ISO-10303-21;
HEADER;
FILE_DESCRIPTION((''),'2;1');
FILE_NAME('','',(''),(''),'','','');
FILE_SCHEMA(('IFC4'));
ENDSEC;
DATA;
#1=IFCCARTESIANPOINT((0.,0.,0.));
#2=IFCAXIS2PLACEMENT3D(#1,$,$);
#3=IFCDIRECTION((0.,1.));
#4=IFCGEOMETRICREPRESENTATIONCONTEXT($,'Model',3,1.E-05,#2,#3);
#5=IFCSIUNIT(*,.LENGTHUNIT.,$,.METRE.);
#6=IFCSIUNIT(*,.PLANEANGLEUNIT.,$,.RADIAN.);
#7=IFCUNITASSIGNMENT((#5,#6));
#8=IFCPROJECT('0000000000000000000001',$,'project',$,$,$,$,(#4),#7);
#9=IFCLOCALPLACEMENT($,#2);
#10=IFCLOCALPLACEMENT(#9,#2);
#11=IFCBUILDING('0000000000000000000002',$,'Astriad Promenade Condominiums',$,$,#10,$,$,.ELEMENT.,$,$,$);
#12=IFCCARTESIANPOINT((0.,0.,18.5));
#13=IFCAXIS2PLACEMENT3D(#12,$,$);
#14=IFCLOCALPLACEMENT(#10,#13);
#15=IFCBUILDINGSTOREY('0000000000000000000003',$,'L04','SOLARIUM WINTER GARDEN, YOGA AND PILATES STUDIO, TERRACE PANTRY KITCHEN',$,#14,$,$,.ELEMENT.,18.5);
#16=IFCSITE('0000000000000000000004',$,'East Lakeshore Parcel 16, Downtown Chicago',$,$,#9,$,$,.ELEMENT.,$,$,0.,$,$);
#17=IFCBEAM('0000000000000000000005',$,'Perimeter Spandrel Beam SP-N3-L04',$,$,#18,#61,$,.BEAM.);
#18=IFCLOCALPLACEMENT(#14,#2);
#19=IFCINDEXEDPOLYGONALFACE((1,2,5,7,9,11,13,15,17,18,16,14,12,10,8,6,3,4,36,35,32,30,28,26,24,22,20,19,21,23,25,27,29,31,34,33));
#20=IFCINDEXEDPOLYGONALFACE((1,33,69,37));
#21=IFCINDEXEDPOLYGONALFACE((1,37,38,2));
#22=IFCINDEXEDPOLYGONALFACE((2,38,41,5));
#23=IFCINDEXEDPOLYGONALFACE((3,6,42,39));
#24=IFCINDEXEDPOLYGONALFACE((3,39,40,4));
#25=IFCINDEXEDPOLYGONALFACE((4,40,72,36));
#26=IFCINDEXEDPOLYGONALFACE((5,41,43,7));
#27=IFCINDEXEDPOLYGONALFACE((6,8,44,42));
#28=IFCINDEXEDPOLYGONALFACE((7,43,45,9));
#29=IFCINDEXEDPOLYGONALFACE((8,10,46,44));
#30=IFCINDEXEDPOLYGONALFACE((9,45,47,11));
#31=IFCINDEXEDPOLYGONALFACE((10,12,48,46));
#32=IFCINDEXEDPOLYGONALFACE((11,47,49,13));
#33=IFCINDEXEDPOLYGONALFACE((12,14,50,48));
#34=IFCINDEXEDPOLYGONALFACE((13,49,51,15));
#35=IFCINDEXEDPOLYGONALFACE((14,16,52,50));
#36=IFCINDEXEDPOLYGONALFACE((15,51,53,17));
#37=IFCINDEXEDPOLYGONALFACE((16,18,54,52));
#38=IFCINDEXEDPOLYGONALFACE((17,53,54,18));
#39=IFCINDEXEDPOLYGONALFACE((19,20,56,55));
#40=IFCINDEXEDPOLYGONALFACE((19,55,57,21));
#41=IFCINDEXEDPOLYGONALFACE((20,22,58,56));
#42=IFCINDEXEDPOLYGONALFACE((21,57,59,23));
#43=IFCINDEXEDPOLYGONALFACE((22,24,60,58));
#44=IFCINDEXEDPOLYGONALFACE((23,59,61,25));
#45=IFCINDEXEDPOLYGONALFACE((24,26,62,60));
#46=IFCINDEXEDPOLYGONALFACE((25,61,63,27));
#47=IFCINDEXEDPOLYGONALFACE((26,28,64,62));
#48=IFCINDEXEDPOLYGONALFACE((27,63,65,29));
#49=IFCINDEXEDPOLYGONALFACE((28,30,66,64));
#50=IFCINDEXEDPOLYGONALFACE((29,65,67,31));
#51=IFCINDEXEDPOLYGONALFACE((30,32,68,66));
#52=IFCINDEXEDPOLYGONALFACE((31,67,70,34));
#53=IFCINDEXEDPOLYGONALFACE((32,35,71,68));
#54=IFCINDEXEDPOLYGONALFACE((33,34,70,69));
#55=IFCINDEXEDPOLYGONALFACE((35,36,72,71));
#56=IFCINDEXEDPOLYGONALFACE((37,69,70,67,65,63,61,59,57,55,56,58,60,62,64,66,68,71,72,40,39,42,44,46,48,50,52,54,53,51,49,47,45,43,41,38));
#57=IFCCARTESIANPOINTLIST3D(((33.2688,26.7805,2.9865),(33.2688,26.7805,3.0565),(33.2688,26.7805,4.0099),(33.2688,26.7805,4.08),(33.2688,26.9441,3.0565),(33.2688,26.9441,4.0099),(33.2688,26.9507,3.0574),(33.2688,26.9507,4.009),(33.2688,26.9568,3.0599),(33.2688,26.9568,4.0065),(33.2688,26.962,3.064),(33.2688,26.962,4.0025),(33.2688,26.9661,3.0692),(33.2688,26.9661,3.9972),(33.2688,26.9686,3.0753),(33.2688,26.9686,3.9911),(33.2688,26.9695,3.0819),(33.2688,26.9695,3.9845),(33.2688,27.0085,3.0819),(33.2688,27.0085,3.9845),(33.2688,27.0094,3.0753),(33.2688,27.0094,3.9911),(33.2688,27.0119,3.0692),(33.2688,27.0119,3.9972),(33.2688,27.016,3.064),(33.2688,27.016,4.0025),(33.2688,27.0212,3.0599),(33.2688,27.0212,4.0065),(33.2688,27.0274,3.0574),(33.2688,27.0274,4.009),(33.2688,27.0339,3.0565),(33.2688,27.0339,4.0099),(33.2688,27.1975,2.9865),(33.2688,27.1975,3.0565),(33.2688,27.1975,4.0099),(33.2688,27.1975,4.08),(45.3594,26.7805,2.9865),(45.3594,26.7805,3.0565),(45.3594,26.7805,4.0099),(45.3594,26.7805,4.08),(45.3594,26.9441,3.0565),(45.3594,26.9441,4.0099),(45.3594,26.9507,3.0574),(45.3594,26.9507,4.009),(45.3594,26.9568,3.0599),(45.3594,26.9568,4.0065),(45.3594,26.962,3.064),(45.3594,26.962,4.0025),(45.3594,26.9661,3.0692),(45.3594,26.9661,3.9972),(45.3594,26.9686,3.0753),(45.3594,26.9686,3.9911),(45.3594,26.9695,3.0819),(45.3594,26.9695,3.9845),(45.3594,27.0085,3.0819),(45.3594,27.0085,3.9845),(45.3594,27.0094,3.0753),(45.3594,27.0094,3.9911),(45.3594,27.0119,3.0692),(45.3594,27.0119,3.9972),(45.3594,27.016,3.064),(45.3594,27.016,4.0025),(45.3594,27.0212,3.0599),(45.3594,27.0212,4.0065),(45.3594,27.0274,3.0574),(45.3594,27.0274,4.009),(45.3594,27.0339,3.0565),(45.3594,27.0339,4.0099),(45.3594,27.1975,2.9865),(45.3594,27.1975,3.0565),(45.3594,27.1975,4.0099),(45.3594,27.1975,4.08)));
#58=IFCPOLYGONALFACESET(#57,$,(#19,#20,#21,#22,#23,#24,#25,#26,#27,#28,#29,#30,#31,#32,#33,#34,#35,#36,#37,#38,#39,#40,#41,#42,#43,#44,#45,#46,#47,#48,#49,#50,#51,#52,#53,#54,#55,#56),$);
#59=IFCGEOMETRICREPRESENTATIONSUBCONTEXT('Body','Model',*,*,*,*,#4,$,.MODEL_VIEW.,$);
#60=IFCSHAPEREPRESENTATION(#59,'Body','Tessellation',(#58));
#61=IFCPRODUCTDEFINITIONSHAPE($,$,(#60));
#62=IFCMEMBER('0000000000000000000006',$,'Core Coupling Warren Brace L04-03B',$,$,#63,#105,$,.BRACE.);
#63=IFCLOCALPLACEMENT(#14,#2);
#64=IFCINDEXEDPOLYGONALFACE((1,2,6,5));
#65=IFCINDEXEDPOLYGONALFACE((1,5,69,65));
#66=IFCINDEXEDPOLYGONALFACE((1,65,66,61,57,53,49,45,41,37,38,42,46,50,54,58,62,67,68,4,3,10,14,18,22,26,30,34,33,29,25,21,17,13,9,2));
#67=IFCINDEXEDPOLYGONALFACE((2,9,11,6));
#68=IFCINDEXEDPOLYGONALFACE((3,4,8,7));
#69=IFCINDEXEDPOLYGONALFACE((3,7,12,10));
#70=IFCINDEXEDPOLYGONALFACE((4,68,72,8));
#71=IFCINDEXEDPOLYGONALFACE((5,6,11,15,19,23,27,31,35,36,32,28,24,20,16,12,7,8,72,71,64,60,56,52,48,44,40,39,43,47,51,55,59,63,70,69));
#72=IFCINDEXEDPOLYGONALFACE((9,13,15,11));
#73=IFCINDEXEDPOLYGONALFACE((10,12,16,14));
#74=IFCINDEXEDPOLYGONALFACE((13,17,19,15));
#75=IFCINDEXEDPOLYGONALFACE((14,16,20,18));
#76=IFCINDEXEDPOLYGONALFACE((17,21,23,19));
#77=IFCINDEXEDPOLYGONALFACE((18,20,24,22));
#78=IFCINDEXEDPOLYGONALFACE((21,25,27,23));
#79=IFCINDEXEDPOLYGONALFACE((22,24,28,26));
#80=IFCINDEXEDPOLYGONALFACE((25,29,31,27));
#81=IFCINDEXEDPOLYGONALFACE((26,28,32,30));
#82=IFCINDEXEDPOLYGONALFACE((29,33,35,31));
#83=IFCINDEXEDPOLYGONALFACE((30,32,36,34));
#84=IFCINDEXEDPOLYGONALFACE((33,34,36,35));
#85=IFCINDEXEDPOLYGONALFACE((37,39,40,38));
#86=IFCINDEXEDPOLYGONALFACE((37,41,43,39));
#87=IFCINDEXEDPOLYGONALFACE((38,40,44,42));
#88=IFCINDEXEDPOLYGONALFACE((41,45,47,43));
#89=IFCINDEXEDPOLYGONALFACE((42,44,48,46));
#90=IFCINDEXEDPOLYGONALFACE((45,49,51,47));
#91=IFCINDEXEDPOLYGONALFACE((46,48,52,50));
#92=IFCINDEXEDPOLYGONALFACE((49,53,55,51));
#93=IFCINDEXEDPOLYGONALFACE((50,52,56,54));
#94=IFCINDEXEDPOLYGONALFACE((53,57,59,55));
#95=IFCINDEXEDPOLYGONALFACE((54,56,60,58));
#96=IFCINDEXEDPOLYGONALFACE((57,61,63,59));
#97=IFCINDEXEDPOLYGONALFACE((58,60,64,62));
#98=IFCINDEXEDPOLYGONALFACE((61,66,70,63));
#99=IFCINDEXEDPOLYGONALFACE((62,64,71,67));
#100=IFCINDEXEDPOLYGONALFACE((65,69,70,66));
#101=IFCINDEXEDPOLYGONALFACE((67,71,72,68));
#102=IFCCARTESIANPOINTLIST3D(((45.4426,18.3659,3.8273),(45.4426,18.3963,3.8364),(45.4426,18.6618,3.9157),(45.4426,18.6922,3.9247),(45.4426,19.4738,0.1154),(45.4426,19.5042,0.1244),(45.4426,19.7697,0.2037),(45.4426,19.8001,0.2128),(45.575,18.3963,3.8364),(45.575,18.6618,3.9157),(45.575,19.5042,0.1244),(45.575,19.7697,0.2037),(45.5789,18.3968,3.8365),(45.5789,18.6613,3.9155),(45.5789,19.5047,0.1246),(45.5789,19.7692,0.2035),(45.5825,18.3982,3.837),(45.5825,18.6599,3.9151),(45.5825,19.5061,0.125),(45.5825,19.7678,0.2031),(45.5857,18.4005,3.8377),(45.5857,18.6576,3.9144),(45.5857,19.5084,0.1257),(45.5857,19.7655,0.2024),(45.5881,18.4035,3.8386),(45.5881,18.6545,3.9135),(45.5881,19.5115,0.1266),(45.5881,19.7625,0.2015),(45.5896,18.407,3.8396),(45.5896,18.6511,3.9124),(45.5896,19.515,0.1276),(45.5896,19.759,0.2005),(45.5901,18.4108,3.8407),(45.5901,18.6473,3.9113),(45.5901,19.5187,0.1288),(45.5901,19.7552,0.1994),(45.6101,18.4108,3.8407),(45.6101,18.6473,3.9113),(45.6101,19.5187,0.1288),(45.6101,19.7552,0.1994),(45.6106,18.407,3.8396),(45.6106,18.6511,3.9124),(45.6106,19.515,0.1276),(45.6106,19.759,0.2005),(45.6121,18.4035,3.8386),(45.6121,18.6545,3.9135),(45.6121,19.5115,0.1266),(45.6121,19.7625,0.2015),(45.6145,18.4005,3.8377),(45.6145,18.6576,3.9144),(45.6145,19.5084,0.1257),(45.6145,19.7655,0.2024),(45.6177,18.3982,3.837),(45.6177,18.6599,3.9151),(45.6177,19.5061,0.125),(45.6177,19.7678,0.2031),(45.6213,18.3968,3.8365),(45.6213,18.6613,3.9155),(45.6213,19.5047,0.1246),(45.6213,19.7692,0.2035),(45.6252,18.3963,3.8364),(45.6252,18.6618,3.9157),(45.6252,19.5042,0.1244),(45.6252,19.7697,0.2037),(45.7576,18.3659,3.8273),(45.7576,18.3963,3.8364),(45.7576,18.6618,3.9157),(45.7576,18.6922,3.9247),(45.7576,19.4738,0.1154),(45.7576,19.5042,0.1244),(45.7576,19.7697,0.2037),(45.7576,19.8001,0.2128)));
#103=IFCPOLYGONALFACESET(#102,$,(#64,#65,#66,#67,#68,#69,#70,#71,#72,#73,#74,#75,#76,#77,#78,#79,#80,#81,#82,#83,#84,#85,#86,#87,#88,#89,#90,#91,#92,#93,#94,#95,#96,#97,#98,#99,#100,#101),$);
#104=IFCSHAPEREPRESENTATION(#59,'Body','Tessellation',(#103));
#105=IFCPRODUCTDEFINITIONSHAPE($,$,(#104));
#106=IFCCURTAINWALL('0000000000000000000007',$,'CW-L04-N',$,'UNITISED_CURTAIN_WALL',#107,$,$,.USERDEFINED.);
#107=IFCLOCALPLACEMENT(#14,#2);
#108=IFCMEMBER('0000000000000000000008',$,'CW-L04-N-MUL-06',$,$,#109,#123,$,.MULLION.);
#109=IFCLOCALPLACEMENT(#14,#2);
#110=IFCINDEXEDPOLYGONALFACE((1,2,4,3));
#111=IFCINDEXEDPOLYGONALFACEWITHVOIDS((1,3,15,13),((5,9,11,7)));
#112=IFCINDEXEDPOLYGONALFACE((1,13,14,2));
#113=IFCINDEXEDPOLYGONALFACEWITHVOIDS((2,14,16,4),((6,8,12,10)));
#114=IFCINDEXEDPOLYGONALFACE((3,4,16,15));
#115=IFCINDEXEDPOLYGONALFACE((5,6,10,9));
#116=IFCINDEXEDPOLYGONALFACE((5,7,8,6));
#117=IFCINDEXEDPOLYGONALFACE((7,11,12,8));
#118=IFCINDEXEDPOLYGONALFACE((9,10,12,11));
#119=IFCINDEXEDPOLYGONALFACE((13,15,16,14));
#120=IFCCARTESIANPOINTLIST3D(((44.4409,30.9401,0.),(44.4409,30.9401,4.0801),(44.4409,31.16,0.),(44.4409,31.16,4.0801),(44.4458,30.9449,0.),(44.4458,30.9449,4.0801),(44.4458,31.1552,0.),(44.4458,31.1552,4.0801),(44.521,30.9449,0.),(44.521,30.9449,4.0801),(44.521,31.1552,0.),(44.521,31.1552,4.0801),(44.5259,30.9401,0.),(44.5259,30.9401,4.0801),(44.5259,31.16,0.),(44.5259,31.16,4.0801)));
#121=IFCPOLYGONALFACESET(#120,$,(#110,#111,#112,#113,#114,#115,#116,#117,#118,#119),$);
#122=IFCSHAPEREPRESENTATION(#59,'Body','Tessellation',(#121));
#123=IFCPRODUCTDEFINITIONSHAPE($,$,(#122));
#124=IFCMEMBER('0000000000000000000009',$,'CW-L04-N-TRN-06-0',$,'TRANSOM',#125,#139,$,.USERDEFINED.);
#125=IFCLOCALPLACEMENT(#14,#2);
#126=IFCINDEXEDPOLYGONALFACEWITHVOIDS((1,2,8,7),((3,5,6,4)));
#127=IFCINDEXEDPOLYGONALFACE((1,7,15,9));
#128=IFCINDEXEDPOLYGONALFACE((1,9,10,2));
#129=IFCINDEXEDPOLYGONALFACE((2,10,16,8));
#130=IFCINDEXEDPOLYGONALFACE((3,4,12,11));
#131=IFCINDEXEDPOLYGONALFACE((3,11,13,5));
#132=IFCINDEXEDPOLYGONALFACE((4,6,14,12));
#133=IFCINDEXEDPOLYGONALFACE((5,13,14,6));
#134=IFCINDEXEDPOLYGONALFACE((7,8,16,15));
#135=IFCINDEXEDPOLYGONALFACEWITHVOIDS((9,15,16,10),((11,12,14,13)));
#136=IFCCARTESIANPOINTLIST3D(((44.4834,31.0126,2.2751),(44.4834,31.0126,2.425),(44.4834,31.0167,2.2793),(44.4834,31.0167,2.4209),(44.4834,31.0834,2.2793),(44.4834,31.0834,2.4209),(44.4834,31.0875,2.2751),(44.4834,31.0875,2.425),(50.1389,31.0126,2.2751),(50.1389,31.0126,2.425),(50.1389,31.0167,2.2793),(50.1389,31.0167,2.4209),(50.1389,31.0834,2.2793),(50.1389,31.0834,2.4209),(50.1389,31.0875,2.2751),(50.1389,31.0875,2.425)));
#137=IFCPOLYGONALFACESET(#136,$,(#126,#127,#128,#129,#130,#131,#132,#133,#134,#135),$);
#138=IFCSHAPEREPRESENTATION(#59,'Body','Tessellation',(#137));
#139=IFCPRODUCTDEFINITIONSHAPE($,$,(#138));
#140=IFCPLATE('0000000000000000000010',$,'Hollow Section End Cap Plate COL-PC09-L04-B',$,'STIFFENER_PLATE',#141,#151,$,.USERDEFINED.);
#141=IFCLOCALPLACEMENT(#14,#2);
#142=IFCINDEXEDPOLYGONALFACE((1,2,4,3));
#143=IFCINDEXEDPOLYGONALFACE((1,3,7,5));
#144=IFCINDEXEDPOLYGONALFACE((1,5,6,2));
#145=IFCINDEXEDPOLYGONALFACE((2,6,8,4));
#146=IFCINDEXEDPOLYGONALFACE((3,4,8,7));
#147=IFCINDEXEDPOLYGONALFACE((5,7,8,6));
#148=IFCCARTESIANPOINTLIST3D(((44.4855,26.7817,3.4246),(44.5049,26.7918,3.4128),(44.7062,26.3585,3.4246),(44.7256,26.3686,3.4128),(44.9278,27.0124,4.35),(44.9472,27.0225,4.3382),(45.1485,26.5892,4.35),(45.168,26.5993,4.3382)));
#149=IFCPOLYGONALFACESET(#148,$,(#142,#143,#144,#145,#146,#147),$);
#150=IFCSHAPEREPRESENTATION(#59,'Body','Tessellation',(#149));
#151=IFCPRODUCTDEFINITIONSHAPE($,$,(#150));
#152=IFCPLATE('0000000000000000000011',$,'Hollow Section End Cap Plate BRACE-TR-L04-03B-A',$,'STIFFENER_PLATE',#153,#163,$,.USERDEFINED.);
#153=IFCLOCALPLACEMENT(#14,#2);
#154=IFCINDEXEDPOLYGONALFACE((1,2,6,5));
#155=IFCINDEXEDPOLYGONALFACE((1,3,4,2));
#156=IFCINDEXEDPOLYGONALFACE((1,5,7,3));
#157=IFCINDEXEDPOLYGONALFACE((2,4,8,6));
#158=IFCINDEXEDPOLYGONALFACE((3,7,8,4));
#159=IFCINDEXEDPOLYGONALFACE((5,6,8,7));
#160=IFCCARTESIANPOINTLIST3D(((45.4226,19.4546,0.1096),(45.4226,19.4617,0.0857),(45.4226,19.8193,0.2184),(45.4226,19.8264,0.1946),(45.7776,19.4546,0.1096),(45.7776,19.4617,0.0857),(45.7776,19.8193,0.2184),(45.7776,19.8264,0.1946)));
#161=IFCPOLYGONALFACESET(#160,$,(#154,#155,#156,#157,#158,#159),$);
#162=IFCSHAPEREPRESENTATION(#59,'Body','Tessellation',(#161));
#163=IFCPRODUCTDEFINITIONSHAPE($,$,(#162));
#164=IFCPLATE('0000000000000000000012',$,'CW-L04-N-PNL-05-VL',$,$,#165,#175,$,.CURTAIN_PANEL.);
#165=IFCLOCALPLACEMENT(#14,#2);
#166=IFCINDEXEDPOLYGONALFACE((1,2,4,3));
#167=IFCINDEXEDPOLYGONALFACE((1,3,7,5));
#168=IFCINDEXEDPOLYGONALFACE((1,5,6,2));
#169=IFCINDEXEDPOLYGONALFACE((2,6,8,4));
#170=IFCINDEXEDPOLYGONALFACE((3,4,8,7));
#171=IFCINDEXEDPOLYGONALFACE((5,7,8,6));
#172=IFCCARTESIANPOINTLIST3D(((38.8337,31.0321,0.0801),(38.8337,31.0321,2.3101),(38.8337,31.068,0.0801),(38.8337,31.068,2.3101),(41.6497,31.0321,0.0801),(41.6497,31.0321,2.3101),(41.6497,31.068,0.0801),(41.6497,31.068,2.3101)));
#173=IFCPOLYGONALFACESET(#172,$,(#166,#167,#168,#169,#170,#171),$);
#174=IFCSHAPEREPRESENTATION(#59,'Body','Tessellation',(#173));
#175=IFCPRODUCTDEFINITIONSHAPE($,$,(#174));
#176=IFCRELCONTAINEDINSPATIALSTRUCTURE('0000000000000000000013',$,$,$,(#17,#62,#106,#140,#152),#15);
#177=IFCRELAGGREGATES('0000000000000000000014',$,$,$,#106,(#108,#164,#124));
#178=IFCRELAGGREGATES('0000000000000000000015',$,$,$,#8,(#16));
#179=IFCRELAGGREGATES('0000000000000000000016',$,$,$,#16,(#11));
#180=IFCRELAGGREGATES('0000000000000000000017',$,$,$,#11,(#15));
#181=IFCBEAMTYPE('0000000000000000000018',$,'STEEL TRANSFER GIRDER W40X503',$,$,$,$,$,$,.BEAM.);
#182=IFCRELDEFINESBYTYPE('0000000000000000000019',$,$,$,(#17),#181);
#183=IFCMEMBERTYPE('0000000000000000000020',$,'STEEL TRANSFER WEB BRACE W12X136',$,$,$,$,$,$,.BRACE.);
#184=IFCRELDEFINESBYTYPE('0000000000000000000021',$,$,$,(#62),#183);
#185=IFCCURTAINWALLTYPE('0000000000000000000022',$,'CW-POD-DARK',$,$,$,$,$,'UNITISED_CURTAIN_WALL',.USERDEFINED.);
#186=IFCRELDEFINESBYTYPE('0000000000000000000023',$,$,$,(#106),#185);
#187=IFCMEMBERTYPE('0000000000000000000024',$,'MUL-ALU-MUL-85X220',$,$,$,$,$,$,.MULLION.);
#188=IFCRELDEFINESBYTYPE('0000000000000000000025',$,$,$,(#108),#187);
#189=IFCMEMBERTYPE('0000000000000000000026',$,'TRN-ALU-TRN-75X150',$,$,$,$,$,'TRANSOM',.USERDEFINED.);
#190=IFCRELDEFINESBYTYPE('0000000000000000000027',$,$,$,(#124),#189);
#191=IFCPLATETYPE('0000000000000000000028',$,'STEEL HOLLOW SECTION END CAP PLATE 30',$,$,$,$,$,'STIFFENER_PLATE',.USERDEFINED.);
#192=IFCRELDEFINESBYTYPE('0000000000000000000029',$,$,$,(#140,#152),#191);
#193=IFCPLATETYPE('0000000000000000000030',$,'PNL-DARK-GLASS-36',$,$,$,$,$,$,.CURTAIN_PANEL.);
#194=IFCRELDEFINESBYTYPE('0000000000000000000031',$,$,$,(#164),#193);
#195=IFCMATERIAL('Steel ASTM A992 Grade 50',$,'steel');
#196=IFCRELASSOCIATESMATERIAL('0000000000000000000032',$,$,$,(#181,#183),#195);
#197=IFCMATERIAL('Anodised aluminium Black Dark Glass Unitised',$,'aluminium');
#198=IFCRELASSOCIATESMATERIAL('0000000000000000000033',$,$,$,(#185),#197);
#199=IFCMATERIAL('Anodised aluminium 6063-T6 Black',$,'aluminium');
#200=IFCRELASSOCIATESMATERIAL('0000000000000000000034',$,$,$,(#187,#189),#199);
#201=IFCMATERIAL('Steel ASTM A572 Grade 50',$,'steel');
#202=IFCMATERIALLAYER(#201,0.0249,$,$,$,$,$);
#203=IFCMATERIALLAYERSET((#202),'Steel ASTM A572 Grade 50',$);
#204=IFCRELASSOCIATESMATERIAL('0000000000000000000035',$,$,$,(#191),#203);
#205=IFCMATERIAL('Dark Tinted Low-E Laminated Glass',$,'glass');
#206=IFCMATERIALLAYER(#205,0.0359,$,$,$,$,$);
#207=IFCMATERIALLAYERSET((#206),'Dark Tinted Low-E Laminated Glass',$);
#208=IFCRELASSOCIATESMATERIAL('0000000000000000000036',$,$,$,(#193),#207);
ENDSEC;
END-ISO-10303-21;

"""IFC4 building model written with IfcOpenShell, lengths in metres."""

from ifc_helpers import new_model, si_unit, direction, frame, origin, origin_2d, place, context, subcontext, project, spatial, rectangle, hollow_rectangle, i_section, extrude, source, transform, mapped, material, layer, layer_set, material_profile, profile_set, type_object, type_shapes, element, aggregate, save


model = new_model("IFC4")

# Units and contexts
model_context = context("Model", 3, precision=1e-05, world=origin(), true_north=direction((0.0, 1.0)))
body_context = subcontext(model_context, "Body", "Model", "MODEL_VIEW")
ifc_project = project(units=[si_unit("LENGTHUNIT", "METRE"), si_unit("PLANEANGLEUNIT", "RADIAN")], contexts=[model_context])

# Site, building, storey
site_placement = place(None, origin())
site = spatial("IfcSite", under=ifc_project, at=site_placement, Name="East Lakeshore Parcel 16, Downtown Chicago", CompositionType="ELEMENT", RefElevation=0.0)
building_placement = place(site_placement, origin())
building = spatial("IfcBuilding", under=site, at=building_placement, Name="Astriad Promenade Condominiums", CompositionType="ELEMENT")
storey_placement = place(building_placement, frame((0.0, 0.0, 18.5)))
storey = spatial("IfcBuildingStorey", under=building, at=storey_placement, Name="L04", Description="SOLARIUM WINTER GARDEN, YOGA AND PILATES STUDIO, TERRACE PANTRY KITCHEN", CompositionType="ELEMENT", Elevation=18.5)

# Shared definitions
ifc_material_1 = material(Name="Steel ASTM A992 Grade 50", Category="steel")

# Beam
ifc_material_profile_1 = material_profile(ifc_material_1, i_section(OverallWidth=0.417, OverallDepth=1.0935, WebThickness=0.0391, FlangeThickness=0.0701, FilletRadius=0.0254, at=origin_2d()), Name="W40X503")
ifc_profile_set_1 = profile_set([ifc_material_profile_1], Name="Steel ASTM A992 Grade 50")
beam_type_1 = type_object("IfcBeamType", Name="STEEL TRANSFER GIRDER W40X503", PredefinedType="BEAM", material=ifc_profile_set_1)
shared_shape_1 = source(origin(), body_context, "Body", "SweptSolid", [
    extrude(i_section(OverallWidth=0.417, OverallDepth=1.0935, WebThickness=0.0391, FlangeThickness=0.0701, FilletRadius=0.0254, at=origin_2d()), origin(), (0.0, 0.0, 1.0), 12.0906),
])
type_shapes(beam_type_1, [shared_shape_1])
beam_1_placement = place(storey_placement, frame((45.3594, 26.989, 3.5332), z_axis=(-1.0, 0.0, 0.0), x_axis=(0.0, -1.0, 0.0)))
element("IfcBeam", 1, at=beam_1_placement, inside=storey, type_object=beam_type_1, Name="Perimeter Spandrel Beam SP-N3-L04", PredefinedType="BEAM", context=body_context, shape_type="MappedRepresentation", body=[
    mapped(shared_shape_1, transform((0.0, 0.0, 0.0), scale=1.0)),
])

# Member
ifc_material_profile_2 = material_profile(ifc_material_1, i_section(OverallWidth=0.3149, OverallDepth=0.3406, WebThickness=0.02, FlangeThickness=0.0317, FilletRadius=0.0151, at=origin_2d()), Name="W12X136")
ifc_profile_set_2 = profile_set([ifc_material_profile_2], Name="Steel ASTM A992 Grade 50")
member_type_1 = type_object("IfcMemberType", Name="STEEL TRANSFER WEB BRACE W12X136", PredefinedType="BRACE", material=ifc_profile_set_2)
shared_shape_2 = source(origin(), body_context, "Body", "SweptSolid", [
    extrude(i_section(OverallWidth=0.3149, OverallDepth=0.3406, WebThickness=0.02, FlangeThickness=0.0317, FilletRadius=0.0151, at=origin_2d()), origin(), (0.0, 0.0, 1.0), 3.8738),
])
type_shapes(member_type_1, [shared_shape_2])
member_1_placement = place(storey_placement, frame((45.6001, 19.637, 0.1641), z_axis=(0.0, -0.286006, 0.958228), x_axis=(1.0, 0.0, 0.0)))
element("IfcMember", 2, at=member_1_placement, inside=storey, type_object=member_type_1, Name="Core Coupling Warren Brace L04-03B", PredefinedType="BRACE", context=body_context, shape_type="MappedRepresentation", body=[
    mapped(shared_shape_2, transform((0.0, 0.0, 0.0), scale=1.0)),
])

# Curtain wall, members
ifc_material_2 = material(Name="Anodised aluminium Black Dark Glass Unitised", Category="aluminium")
curtain_wall_type = type_object("IfcCurtainWallType", Name="CW-POD-DARK", ElementType="UNITISED_CURTAIN_WALL", PredefinedType="USERDEFINED", material=ifc_material_2)
curtain_wall_placement = place(storey_placement, origin())
curtain_wall = element("IfcCurtainWall", 3, at=curtain_wall_placement, inside=storey, type_object=curtain_wall_type, Name="CW-L04-N", ObjectType="UNITISED_CURTAIN_WALL", PredefinedType="USERDEFINED")
ifc_material_3 = material(Name="Anodised aluminium 6063-T6 Black", Category="aluminium")
ifc_material_profile_3 = material_profile(ifc_material_3, hollow_rectangle(XDim=0.085, YDim=0.22, WallThickness=0.0049, at=origin_2d()), Name="ALU-MUL-85X220")
ifc_profile_set_3 = profile_set([ifc_material_profile_3], Name="Anodised aluminium 6063-T6 Black")
member_type_2 = type_object("IfcMemberType", Name="MUL-ALU-MUL-85X220", PredefinedType="MULLION", material=ifc_profile_set_3)
shared_shape_3 = source(origin(), body_context, "Body", "SweptSolid", [
    extrude(hollow_rectangle(XDim=0.085, YDim=0.22, WallThickness=0.0049, at=origin_2d()), origin(), (0.0, 0.0, 1.0), 4.0801),
])
type_shapes(member_type_2, [shared_shape_3])
member_2_placement = place(storey_placement, frame((44.4834, 31.05, 0.0), z_axis=(0.0, 0.0, 1.0), x_axis=(1.0, 0.0, 0.0)))
member_2 = element("IfcMember", 4, at=member_2_placement, type_object=member_type_2, Name="CW-L04-N-MUL-06", PredefinedType="MULLION", context=body_context, shape_type="MappedRepresentation", body=[
    mapped(shared_shape_3, transform((0.0, 0.0, 0.0), scale=1.0)),
])
ifc_material_profile_4 = material_profile(ifc_material_3, hollow_rectangle(XDim=0.075, YDim=0.1499, WallThickness=0.0042, at=origin_2d()), Name="ALU-TRN-75X150")
ifc_profile_set_4 = profile_set([ifc_material_profile_4], Name="Anodised aluminium 6063-T6 Black")
member_type_3 = type_object("IfcMemberType", Name="TRN-ALU-TRN-75X150", ElementType="TRANSOM", PredefinedType="USERDEFINED", material=ifc_profile_set_4)
shared_shape_4 = source(origin(), body_context, "Body", "SweptSolid", [
    extrude(hollow_rectangle(XDim=0.075, YDim=0.1499, WallThickness=0.0042, at=origin_2d()), origin(), (0.0, 0.0, 1.0), 5.6555),
])
type_shapes(member_type_3, [shared_shape_4])
member_3_placement = place(storey_placement, frame((44.4834, 31.05, 2.3501), z_axis=(1.0, 0.0, 0.0), x_axis=(0.0, 1.0, 0.0)))
member_3 = element("IfcMember", 5, at=member_3_placement, type_object=member_type_3, Name="CW-L04-N-TRN-06-0", ObjectType="TRANSOM", PredefinedType="USERDEFINED", context=body_context, shape_type="MappedRepresentation", body=[
    mapped(shared_shape_4, transform((0.0, 0.0, 0.0), scale=1.0)),
])

# Plates
ifc_material_4 = material(Name="Steel ASTM A572 Grade 50", Category="steel")
ifc_layer_1 = layer(ifc_material_4, 0.0249)
ifc_layer_set_1 = layer_set([ifc_layer_1], Name="Steel ASTM A572 Grade 50")
plate_type_1 = type_object("IfcPlateType", Name="STEEL HOLLOW SECTION END CAP PLATE 30", ElementType="STIFFENER_PLATE", PredefinedType="USERDEFINED", material=ifc_layer_set_1)
shared_shape_5 = source(origin(), body_context, "Body", "SweptSolid", [
    extrude(rectangle(XDim=0.4773, YDim=1.0513, at=origin_2d()), origin(), (0.0, 0.0, 1.0), 0.0249),
])
plate_1_placement = place(storey_placement, frame((44.8364, 26.6956, 3.8755), z_axis=(-0.780439, -0.407077, 0.474556), x_axis=(0.462469, -0.886636, 0.0)))
element("IfcPlate", 6, at=plate_1_placement, inside=storey, type_object=plate_type_1, Name="Hollow Section End Cap Plate COL-PC09-L04-B", ObjectType="STIFFENER_PLATE", PredefinedType="USERDEFINED", context=body_context, shape_type="MappedRepresentation", body=[
    mapped(shared_shape_5, transform((0.0, 0.0, 0.0), scale=1.0)),
])
shared_shape_6 = source(origin(), body_context, "Body", "SweptSolid", [
    extrude(rectangle(XDim=0.355, YDim=0.3806, at=origin_2d()), origin(), (0.0, 0.0, 1.0), 0.0249),
])
type_shapes(plate_type_1, [shared_shape_5, shared_shape_6])
plate_2_placement = place(storey_placement, frame((45.6001, 19.644, 0.1401), z_axis=(0.0, -0.285974, 0.958237), x_axis=(1.0, 0.0, 0.0)))
element("IfcPlate", 7, at=plate_2_placement, inside=storey, type_object=plate_type_1, Name="Hollow Section End Cap Plate BRACE-TR-L04-03B-A", ObjectType="STIFFENER_PLATE", PredefinedType="USERDEFINED", context=body_context, shape_type="MappedRepresentation", body=[
    mapped(shared_shape_6, transform((0.0, 0.0, 0.0), scale=1.0)),
])

# Plate
ifc_material_5 = material(Name="Dark Tinted Low-E Laminated Glass", Category="glass")
ifc_layer_2 = layer(ifc_material_5, 0.0359)
ifc_layer_set_2 = layer_set([ifc_layer_2], Name="Dark Tinted Low-E Laminated Glass")
plate_type_2 = type_object("IfcPlateType", Name="PNL-DARK-GLASS-36", PredefinedType="CURTAIN_PANEL", material=ifc_layer_set_2)
shared_shape_7 = source(origin(), body_context, "Body", "SweptSolid", [
    extrude(rectangle(XDim=2.8159, YDim=0.0359, at=origin_2d()), origin(), (0.0, 0.0, 1.0), 2.23),
])
plate_3_placement = place(storey_placement, frame((40.2417, 31.05, 0.0801), z_axis=(0.0, 0.0, 1.0), x_axis=(1.0, 0.0, 0.0)))
plate_3 = element("IfcPlate", 8, at=plate_3_placement, type_object=plate_type_2, Name="CW-L04-N-PNL-05-VL", PredefinedType="CURTAIN_PANEL", context=body_context, shape_type="MappedRepresentation", body=[
    mapped(shared_shape_7, transform((0.0, 0.0, 0.0), scale=1.0)),
])
aggregate(curtain_wall, [member_2, plate_3, member_3])

save(model, "model.ifc")
